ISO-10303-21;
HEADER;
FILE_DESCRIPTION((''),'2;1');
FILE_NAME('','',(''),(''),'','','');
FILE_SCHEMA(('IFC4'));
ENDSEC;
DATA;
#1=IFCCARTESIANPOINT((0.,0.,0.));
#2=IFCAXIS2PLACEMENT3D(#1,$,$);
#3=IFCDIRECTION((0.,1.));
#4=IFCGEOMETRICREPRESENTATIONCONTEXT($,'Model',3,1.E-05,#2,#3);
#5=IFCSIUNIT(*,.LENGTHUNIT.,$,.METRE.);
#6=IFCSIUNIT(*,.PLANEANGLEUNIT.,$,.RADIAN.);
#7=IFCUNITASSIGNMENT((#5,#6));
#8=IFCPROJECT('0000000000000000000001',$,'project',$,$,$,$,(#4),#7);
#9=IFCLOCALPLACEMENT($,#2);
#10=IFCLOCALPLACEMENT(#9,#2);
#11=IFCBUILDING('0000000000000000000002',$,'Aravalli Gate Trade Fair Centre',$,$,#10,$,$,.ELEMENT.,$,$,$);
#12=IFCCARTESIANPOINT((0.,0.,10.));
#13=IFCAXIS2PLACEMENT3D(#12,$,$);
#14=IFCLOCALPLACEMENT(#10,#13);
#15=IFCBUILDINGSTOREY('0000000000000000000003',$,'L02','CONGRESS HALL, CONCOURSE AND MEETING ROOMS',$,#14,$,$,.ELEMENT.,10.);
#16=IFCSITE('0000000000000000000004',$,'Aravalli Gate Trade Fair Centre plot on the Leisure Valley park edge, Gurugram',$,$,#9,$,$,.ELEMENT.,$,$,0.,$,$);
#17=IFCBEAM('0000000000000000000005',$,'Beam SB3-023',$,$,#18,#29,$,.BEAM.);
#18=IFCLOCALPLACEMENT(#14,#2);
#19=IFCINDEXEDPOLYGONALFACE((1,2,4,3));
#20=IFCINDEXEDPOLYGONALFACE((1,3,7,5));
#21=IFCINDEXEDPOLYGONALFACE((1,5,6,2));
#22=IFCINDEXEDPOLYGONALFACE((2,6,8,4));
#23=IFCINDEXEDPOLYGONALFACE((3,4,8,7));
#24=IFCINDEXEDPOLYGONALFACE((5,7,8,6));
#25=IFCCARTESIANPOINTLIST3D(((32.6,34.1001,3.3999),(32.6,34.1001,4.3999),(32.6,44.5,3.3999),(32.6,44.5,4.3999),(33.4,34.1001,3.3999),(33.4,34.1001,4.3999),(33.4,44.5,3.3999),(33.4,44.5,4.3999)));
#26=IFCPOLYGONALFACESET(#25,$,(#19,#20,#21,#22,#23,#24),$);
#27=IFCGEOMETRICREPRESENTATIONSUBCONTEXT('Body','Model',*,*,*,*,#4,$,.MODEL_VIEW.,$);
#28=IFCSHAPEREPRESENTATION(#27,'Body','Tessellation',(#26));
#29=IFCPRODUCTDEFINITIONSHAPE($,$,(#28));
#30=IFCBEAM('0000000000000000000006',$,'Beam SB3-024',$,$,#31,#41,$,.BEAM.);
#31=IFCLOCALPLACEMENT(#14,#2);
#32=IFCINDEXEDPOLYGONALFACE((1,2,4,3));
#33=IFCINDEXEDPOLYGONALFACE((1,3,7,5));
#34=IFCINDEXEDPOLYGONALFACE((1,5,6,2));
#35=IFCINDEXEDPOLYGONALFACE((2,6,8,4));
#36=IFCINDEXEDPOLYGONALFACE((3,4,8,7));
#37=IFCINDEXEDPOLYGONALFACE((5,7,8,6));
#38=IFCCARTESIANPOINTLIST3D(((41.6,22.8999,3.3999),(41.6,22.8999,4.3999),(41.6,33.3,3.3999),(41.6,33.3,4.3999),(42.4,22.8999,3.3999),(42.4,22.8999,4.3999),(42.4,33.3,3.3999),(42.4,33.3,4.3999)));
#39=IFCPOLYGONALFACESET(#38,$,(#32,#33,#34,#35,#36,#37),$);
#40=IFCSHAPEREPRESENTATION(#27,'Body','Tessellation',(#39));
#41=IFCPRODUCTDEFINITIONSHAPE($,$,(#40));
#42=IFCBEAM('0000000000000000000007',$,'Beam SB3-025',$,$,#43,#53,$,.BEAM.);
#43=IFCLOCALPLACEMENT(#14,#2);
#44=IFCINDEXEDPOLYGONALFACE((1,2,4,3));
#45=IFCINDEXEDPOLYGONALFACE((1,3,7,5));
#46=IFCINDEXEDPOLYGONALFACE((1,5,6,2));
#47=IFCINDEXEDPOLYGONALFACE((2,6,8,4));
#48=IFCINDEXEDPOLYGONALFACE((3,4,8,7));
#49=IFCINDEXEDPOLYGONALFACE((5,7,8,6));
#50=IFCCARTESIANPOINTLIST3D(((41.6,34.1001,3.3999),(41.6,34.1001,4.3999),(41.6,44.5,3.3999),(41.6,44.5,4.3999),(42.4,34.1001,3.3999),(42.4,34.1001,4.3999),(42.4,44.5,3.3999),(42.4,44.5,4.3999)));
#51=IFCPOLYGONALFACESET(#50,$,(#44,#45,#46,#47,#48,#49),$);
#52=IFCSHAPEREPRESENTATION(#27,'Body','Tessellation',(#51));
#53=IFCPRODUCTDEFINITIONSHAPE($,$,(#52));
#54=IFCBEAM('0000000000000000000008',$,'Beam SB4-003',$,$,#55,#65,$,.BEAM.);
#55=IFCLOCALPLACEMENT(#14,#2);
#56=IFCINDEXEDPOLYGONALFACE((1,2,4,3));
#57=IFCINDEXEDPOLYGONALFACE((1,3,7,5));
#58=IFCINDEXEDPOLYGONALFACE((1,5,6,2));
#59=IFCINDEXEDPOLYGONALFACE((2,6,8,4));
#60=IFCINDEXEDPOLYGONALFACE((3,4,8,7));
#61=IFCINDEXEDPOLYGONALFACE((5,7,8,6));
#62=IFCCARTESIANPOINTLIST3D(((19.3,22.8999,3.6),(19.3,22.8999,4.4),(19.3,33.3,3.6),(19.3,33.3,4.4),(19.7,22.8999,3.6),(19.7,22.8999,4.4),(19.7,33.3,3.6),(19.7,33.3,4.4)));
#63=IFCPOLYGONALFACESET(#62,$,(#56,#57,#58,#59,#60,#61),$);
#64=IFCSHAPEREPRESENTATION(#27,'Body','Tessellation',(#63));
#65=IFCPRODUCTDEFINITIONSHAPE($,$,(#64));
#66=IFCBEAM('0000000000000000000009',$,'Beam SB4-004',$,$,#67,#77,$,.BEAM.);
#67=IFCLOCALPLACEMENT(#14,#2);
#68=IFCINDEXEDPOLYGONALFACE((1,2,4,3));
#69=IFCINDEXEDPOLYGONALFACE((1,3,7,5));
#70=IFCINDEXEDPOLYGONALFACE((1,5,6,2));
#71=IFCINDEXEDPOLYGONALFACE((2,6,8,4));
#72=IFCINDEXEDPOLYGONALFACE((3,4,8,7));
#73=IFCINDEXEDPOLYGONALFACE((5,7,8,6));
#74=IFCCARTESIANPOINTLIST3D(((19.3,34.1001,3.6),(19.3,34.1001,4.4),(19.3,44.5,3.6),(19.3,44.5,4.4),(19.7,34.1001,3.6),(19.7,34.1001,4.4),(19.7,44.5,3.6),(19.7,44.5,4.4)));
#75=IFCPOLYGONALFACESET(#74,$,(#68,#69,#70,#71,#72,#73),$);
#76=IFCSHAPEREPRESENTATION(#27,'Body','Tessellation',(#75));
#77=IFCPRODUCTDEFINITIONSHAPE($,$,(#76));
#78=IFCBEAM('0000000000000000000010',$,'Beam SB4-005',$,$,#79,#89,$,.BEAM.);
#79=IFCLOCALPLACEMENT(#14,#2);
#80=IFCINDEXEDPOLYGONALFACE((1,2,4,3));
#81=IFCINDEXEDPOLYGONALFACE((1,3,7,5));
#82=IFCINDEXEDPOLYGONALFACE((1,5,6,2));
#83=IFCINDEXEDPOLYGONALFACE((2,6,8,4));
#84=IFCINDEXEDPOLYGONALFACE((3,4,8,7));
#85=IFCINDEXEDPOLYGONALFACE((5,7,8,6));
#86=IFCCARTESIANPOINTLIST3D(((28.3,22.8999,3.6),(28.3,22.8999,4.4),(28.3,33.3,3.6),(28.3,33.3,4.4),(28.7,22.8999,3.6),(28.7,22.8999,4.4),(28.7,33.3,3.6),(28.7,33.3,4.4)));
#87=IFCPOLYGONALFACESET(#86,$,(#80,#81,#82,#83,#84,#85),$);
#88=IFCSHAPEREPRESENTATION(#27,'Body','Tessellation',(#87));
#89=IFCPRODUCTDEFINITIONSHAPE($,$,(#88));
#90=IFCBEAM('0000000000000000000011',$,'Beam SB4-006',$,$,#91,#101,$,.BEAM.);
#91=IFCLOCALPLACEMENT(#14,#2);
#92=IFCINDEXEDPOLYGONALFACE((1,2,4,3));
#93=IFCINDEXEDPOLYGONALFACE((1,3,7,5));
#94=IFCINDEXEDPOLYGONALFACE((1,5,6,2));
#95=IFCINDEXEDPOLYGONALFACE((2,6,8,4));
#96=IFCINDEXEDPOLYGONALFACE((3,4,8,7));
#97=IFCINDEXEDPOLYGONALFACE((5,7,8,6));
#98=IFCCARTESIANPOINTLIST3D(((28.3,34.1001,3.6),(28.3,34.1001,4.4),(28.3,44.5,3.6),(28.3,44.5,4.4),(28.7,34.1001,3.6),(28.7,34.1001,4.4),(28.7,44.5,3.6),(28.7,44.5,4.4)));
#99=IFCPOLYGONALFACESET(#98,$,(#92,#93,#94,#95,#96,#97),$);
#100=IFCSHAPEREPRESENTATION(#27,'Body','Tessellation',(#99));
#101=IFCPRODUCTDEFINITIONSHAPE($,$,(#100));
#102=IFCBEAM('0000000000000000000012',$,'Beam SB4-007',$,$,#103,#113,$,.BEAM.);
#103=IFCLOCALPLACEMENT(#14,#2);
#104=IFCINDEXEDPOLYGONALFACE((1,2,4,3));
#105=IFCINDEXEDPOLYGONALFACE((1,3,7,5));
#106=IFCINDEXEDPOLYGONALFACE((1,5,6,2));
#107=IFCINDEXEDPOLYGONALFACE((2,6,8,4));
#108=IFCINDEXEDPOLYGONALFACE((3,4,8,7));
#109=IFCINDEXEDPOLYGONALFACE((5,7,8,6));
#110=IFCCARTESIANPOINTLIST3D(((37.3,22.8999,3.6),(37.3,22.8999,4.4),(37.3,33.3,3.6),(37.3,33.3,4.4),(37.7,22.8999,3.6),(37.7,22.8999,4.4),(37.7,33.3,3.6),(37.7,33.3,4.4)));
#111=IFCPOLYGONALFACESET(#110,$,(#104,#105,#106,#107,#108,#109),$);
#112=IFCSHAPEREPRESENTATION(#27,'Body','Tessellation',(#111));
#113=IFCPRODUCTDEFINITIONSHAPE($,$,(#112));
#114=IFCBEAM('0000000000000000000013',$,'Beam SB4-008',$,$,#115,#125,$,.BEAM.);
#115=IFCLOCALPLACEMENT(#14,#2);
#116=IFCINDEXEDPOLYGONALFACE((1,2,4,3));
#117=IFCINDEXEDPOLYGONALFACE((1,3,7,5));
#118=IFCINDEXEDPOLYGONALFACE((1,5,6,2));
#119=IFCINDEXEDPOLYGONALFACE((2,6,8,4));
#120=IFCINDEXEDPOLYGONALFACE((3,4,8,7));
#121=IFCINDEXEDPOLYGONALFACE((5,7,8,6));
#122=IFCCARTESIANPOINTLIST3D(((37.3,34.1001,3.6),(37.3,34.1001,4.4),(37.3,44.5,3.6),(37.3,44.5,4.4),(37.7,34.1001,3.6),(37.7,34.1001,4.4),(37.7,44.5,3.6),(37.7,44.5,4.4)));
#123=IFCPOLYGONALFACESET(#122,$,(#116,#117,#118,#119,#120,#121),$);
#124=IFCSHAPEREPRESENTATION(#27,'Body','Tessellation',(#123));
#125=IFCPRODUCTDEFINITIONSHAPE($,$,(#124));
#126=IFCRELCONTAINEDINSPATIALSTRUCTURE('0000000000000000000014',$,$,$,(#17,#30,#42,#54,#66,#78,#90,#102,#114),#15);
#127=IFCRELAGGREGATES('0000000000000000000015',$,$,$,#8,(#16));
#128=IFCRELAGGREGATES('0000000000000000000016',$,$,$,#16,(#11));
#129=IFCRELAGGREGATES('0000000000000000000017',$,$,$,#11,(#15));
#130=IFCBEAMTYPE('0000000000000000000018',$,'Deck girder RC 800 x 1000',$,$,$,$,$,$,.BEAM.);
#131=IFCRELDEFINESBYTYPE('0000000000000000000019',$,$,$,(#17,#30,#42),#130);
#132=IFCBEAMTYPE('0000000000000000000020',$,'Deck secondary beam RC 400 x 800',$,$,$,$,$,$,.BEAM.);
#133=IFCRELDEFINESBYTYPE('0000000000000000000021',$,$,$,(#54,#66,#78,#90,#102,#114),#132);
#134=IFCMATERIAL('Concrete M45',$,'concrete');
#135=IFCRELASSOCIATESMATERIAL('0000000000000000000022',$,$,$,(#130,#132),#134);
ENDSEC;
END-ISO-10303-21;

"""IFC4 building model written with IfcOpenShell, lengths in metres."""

from ifc_helpers import new_model, si_unit, direction, frame, origin, origin_2d, place, context, subcontext, project, spatial, rectangle, extrude, material, material_profile, profile_set, type_object, element, save


model = new_model("IFC4")

# Units and contexts
model_context = context("Model", 3, precision=1e-05, world=origin(), true_north=direction((0.0, 1.0)))
body_context = subcontext(model_context, "Body", "Model", "MODEL_VIEW")
ifc_project = project(units=[si_unit("LENGTHUNIT", "METRE"), si_unit("PLANEANGLEUNIT", "RADIAN")], contexts=[model_context])

# Site, building, storey
site_placement = place(None, origin())
site = spatial("IfcSite", under=ifc_project, at=site_placement, Name="Aravalli Gate Trade Fair Centre plot on the Leisure Valley park edge, Gurugram", CompositionType="ELEMENT", RefElevation=0.0)
building_placement = place(site_placement, origin())
building = spatial("IfcBuilding", under=site, at=building_placement, Name="Aravalli Gate Trade Fair Centre", CompositionType="ELEMENT")
storey_placement = place(building_placement, frame((0.0, 0.0, 10.0)))
storey = spatial("IfcBuildingStorey", under=building, at=storey_placement, Name="L02", Description="CONGRESS HALL, CONCOURSE AND MEETING ROOMS", CompositionType="ELEMENT", Elevation=10.0)

# Shared definitions
ifc_material = material(Name="Concrete M45", Category="concrete")

# Beams
ifc_material_profile_1 = material_profile(ifc_material, rectangle(XDim=0.8, YDim=1.0, at=origin_2d()), Name="Deck girder RC 800 x 1000")
ifc_profile_set_1 = profile_set([ifc_material_profile_1], Name="Concrete M45")
beam_type_1 = type_object("IfcBeamType", Name="Deck girder RC 800 x 1000", PredefinedType="BEAM", material=ifc_profile_set_1)
beam_1_placement = place(storey_placement, frame((33.0, 34.1001, 3.8999), z_axis=(0.0, 1.0, 0.0), x_axis=(-1.0, 0.0, 0.0)))
element("IfcBeam", 1, at=beam_1_placement, inside=storey, type_object=beam_type_1, Name="Beam SB3-023", PredefinedType="BEAM", context=body_context, shape_type="SweptSolid", body=[
    extrude(rectangle(XDim=0.8, YDim=1.0, at=origin_2d()), origin(), (0.0, 0.0, 1.0), 10.3999),
])
beam_2_placement = place(storey_placement, frame((42.0, 22.8999, 3.8999), z_axis=(0.0, 1.0, 0.0), x_axis=(-1.0, 0.0, 0.0)))
element("IfcBeam", 2, at=beam_2_placement, inside=storey, type_object=beam_type_1, Name="Beam SB3-024", PredefinedType="BEAM", context=body_context, shape_type="SweptSolid", body=[
    extrude(rectangle(XDim=0.8, YDim=1.0, at=origin_2d()), origin(), (0.0, 0.0, 1.0), 10.4001),
])
beam_3_placement = place(storey_placement, frame((42.0, 34.1001, 3.8999), z_axis=(0.0, 1.0, 0.0), x_axis=(-1.0, 0.0, 0.0)))
element("IfcBeam", 3, at=beam_3_placement, inside=storey, type_object=beam_type_1, Name="Beam SB3-025", PredefinedType="BEAM", context=body_context, shape_type="SweptSolid", body=[
    extrude(rectangle(XDim=0.8, YDim=1.0, at=origin_2d()), origin(), (0.0, 0.0, 1.0), 10.3999),
])
ifc_material_profile_2 = material_profile(ifc_material, rectangle(XDim=0.3999, YDim=0.8, at=origin_2d()), Name="Deck secondary beam RC 400 x 800")
ifc_profile_set_2 = profile_set([ifc_material_profile_2], Name="Concrete M45")
beam_type_2 = type_object("IfcBeamType", Name="Deck secondary beam RC 400 x 800", PredefinedType="BEAM", material=ifc_profile_set_2)
beam_4_placement = place(storey_placement, frame((19.5, 22.8999, 4.0), z_axis=(0.0, 1.0, 0.0), x_axis=(-1.0, 0.0, 0.0)))
element("IfcBeam", 4, at=beam_4_placement, inside=storey, type_object=beam_type_2, Name="Beam SB4-003", PredefinedType="BEAM", context=body_context, shape_type="SweptSolid", body=[
    extrude(rectangle(XDim=0.3999, YDim=0.8, at=origin_2d()), origin(), (0.0, 0.0, 1.0), 10.4001),
])
beam_5_placement = place(storey_placement, frame((19.5, 34.1001, 4.0), z_axis=(0.0, 1.0, 0.0), x_axis=(-1.0, 0.0, 0.0)))
element("IfcBeam", 5, at=beam_5_placement, inside=storey, type_object=beam_type_2, Name="Beam SB4-004", PredefinedType="BEAM", context=body_context, shape_type="SweptSolid", body=[
    extrude(rectangle(XDim=0.3999, YDim=0.8, at=origin_2d()), origin(), (0.0, 0.0, 1.0), 10.3999),
])
beam_6_placement = place(storey_placement, frame((28.5, 22.8999, 4.0), z_axis=(0.0, 1.0, 0.0), x_axis=(-1.0, 0.0, 0.0)))
element("IfcBeam", 6, at=beam_6_placement, inside=storey, type_object=beam_type_2, Name="Beam SB4-005", PredefinedType="BEAM", context=body_context, shape_type="SweptSolid", body=[
    extrude(rectangle(XDim=0.3999, YDim=0.8, at=origin_2d()), origin(), (0.0, 0.0, 1.0), 10.4001),
])
beam_7_placement = place(storey_placement, frame((28.5, 34.1001, 4.0), z_axis=(0.0, 1.0, 0.0), x_axis=(-1.0, 0.0, 0.0)))
element("IfcBeam", 7, at=beam_7_placement, inside=storey, type_object=beam_type_2, Name="Beam SB4-006", PredefinedType="BEAM", context=body_context, shape_type="SweptSolid", body=[
    extrude(rectangle(XDim=0.3999, YDim=0.8, at=origin_2d()), origin(), (0.0, 0.0, 1.0), 10.3999),
])
beam_8_placement = place(storey_placement, frame((37.5, 22.8999, 4.0), z_axis=(0.0, 1.0, 0.0), x_axis=(-1.0, 0.0, 0.0)))
element("IfcBeam", 8, at=beam_8_placement, inside=storey, type_object=beam_type_2, Name="Beam SB4-007", PredefinedType="BEAM", context=body_context, shape_type="SweptSolid", body=[
    extrude(rectangle(XDim=0.3999, YDim=0.8, at=origin_2d()), origin(), (0.0, 0.0, 1.0), 10.4001),
])
beam_9_placement = place(storey_placement, frame((37.5, 34.1001, 4.0), z_axis=(0.0, 1.0, 0.0), x_axis=(-1.0, 0.0, 0.0)))
element("IfcBeam", 9, at=beam_9_placement, inside=storey, type_object=beam_type_2, Name="Beam SB4-008", PredefinedType="BEAM", context=body_context, shape_type="SweptSolid", body=[
    extrude(rectangle(XDim=0.3999, YDim=0.8, at=origin_2d()), origin(), (0.0, 0.0, 1.0), 10.3999),
])

save(model, "model.ifc")
